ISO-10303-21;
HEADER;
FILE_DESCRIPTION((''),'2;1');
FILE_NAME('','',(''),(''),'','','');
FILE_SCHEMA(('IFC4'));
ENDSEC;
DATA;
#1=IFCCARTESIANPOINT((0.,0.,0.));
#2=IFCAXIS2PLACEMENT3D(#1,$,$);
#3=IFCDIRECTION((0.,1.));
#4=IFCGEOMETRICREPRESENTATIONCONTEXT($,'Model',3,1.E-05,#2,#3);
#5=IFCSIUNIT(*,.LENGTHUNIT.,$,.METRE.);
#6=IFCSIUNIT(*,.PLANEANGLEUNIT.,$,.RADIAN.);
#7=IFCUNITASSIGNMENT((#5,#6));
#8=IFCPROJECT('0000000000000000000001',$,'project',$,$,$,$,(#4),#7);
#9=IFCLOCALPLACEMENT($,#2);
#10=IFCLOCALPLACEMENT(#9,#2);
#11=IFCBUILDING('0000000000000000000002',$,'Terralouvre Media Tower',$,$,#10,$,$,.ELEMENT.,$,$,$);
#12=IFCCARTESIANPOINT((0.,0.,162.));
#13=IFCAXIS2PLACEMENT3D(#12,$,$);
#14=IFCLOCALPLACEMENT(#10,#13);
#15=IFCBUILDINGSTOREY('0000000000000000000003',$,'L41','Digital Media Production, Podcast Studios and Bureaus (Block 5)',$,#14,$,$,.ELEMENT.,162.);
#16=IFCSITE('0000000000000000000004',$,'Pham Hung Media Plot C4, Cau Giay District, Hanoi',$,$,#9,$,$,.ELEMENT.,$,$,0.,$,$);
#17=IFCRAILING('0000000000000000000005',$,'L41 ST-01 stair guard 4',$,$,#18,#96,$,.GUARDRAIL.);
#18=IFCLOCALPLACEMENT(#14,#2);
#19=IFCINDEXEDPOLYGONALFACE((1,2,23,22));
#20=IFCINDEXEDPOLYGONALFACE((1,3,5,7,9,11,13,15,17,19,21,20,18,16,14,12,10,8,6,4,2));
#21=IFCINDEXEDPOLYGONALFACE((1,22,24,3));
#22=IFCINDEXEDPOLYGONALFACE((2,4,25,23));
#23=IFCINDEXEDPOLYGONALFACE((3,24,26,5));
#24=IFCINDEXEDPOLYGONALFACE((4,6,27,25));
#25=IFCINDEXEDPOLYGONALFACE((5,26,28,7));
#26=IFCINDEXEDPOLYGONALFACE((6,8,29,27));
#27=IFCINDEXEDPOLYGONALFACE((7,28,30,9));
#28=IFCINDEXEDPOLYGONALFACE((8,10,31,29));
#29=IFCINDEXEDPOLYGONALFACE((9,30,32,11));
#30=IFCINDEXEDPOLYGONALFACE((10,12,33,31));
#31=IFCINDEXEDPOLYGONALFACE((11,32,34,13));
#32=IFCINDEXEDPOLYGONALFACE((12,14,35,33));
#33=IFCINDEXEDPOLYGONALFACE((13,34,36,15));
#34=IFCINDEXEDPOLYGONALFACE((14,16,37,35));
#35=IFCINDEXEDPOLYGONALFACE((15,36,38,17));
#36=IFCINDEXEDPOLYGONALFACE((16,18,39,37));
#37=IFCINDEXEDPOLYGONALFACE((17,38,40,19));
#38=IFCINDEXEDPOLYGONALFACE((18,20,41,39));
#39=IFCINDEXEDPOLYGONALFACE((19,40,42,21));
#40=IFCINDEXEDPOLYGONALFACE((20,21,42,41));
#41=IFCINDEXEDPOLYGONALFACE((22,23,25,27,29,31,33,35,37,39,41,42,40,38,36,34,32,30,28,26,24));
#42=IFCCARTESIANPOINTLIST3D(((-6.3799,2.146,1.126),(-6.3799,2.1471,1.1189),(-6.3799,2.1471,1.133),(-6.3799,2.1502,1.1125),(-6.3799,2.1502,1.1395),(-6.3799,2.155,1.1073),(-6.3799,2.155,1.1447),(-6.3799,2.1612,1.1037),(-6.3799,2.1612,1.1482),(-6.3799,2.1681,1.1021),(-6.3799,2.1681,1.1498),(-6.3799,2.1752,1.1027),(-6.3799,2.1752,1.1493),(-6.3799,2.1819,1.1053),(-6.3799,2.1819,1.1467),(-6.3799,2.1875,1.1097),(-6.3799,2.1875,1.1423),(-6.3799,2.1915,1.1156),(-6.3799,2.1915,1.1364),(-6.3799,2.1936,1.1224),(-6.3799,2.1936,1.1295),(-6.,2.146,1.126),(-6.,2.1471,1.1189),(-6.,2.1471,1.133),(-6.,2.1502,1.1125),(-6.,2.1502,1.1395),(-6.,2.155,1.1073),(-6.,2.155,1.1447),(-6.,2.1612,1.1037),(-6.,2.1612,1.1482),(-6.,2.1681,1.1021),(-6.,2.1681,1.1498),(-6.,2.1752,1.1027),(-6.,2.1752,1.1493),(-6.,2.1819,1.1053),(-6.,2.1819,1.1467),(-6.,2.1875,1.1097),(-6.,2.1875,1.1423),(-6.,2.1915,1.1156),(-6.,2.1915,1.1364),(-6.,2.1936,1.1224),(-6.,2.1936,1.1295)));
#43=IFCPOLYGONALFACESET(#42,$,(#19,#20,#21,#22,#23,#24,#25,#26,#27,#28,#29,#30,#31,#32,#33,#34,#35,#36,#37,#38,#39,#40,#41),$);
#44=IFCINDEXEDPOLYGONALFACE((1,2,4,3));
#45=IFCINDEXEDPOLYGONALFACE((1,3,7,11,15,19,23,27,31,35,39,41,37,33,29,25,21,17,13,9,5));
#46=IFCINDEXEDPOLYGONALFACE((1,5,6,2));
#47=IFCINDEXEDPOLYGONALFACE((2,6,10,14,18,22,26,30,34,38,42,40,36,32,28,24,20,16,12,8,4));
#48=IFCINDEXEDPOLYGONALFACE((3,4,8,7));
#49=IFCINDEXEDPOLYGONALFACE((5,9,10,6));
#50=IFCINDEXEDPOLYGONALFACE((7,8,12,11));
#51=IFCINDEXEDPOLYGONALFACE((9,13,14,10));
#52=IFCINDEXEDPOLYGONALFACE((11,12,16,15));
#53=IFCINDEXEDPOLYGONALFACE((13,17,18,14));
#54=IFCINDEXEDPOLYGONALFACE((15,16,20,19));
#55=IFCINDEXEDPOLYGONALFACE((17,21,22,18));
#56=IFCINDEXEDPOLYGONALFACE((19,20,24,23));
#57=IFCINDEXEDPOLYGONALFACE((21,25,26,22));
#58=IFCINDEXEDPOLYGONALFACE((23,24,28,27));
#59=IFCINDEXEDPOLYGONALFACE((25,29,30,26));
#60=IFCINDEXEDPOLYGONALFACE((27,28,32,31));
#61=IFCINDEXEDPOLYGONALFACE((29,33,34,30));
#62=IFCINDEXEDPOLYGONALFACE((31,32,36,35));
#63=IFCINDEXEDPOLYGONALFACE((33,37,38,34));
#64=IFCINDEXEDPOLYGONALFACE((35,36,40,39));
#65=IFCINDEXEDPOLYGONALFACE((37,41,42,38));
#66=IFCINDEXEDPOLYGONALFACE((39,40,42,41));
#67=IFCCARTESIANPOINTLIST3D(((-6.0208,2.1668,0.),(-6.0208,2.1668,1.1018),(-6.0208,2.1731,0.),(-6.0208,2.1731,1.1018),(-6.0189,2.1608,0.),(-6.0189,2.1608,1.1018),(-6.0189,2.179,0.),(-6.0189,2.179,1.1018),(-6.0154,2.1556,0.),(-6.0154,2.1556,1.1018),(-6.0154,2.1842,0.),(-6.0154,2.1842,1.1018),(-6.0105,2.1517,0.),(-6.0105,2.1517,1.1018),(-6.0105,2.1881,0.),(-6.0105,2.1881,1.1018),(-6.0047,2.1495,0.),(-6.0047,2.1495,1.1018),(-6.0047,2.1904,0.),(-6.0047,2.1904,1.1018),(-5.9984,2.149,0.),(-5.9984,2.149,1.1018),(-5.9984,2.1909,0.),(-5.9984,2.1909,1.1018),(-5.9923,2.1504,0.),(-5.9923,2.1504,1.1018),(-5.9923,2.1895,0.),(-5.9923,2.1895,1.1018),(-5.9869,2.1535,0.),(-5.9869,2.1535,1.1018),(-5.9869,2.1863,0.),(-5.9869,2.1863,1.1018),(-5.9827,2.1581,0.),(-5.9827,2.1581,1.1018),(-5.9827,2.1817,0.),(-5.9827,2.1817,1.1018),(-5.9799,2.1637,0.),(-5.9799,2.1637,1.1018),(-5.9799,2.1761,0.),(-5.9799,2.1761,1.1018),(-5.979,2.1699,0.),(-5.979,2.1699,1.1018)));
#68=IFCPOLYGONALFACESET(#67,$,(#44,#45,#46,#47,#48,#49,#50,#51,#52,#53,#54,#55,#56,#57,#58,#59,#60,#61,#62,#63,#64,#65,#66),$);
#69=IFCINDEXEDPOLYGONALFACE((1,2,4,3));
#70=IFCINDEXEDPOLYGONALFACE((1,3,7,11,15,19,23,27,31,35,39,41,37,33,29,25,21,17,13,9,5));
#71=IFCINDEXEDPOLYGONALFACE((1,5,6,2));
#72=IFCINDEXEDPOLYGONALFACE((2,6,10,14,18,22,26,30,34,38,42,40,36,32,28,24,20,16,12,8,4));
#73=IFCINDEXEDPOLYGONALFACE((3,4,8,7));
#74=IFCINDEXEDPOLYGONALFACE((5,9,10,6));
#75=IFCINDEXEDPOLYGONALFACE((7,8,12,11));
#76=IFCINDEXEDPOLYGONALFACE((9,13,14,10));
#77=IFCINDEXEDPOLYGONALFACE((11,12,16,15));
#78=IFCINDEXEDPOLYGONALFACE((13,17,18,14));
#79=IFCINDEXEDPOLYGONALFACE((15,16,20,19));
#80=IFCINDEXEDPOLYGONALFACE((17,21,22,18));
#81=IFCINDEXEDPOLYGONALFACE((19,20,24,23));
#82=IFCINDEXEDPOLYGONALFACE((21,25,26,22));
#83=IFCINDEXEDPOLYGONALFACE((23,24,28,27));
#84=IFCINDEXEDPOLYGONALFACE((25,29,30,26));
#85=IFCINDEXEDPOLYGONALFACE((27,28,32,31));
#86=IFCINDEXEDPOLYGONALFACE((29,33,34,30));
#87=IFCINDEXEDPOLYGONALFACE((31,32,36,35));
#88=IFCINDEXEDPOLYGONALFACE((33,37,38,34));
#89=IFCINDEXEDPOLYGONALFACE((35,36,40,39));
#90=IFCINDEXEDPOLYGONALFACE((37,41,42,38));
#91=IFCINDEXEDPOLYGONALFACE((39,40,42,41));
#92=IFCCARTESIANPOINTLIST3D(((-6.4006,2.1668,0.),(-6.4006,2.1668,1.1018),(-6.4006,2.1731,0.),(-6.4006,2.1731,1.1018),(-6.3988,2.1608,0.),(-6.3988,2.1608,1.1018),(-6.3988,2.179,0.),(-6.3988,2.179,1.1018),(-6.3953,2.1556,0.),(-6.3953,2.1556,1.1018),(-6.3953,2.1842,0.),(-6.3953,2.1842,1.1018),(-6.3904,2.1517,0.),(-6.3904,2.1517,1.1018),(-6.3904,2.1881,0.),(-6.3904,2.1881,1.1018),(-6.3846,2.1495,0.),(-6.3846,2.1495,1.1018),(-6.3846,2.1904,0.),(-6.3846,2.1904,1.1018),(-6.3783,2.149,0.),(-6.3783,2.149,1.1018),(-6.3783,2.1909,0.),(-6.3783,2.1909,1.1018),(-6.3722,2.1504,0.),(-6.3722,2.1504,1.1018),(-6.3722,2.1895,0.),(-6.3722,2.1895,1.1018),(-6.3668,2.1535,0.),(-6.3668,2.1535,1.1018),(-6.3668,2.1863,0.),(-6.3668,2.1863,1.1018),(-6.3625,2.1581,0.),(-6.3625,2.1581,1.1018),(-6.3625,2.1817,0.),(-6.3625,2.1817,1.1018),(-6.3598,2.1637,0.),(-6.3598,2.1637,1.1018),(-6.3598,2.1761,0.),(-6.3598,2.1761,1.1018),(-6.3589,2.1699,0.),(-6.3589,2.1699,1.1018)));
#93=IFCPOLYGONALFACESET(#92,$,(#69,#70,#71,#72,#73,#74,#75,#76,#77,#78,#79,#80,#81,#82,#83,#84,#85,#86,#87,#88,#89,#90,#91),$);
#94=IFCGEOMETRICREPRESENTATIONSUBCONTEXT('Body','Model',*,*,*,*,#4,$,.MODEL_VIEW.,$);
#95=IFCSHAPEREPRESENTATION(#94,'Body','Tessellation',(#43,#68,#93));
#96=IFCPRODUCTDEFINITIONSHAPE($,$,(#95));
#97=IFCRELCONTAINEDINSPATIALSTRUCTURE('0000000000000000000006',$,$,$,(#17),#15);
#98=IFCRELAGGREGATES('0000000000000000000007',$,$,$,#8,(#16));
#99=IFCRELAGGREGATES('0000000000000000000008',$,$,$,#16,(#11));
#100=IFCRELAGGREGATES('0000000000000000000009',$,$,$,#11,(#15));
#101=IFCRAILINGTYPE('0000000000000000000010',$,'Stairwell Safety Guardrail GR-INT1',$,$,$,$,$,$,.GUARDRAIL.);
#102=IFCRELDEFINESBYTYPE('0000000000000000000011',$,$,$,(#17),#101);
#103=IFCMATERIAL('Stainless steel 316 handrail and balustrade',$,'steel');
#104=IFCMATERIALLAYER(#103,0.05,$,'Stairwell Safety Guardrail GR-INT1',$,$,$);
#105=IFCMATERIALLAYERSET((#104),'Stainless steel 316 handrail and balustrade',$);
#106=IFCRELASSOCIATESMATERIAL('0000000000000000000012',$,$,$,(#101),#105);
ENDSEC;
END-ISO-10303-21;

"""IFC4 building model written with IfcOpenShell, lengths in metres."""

from ifc_helpers import new_model, si_unit, direction, frame, origin, origin_2d, place, context, subcontext, project, spatial, circle, extrude, material, layer, layer_set, type_object, element, save


model = new_model("IFC4")

# Units and contexts
model_context = context("Model", 3, precision=1e-05, world=origin(), true_north=direction((0.0, 1.0)))
body_context = subcontext(model_context, "Body", "Model", "MODEL_VIEW")
ifc_project = project(units=[si_unit("LENGTHUNIT", "METRE"), si_unit("PLANEANGLEUNIT", "RADIAN")], contexts=[model_context])

# Site, building, storey
site_placement = place(None, origin())
site = spatial("IfcSite", under=ifc_project, at=site_placement, Name="Pham Hung Media Plot C4, Cau Giay District, Hanoi", CompositionType="ELEMENT", RefElevation=0.0)
building_placement = place(site_placement, origin())
building = spatial("IfcBuilding", under=site, at=building_placement, Name="Terralouvre Media Tower", CompositionType="ELEMENT")
storey_placement = place(building_placement, frame((0.0, 0.0, 162.0)))
storey = spatial("IfcBuildingStorey", under=building, at=storey_placement, Name="L41", Description="Digital Media Production, Podcast Studios and Bureaus (Block 5)", CompositionType="ELEMENT", Elevation=162.0)

# Railing
ifc_material_1 = material(Name="Stainless steel 316 handrail and balustrade", Category="steel")
ifc_layer_1 = layer(ifc_material_1, 0.05, Name="Stairwell Safety Guardrail GR-INT1")
ifc_layer_set_1 = layer_set([ifc_layer_1], Name="Stainless steel 316 handrail and balustrade")
railing_type_1 = type_object("IfcRailingType", Name="Stairwell Safety Guardrail GR-INT1", PredefinedType="GUARDRAIL", material=ifc_layer_set_1)
railing_1_placement = place(storey_placement, frame((-6.0, 2.1699, 0.0)))
element("IfcRailing", 1, at=railing_1_placement, inside=storey, type_object=railing_type_1, Name="L41 ST-01 stair guard 4", PredefinedType="GUARDRAIL", context=body_context, shape_type="SweptSolid", body=[
    extrude(circle(Radius=0.0239, at=origin_2d()), frame((0.0, 0.0, 1.126), z_axis=(-1.0, 0.0, 0.0), x_axis=(0.0, -1.0, 0.0)), (0.0, 0.0, 1.0), 0.3799),
    extrude(circle(Radius=0.021, at=origin_2d()), origin(), (0.0, 0.0, 1.0), 1.1018),
    extrude(circle(Radius=0.021, at=origin_2d()), frame((-0.3799, 0.0, 0.0)), (0.0, 0.0, 1.0), 1.1018),
])

save(model, "model.ifc")
